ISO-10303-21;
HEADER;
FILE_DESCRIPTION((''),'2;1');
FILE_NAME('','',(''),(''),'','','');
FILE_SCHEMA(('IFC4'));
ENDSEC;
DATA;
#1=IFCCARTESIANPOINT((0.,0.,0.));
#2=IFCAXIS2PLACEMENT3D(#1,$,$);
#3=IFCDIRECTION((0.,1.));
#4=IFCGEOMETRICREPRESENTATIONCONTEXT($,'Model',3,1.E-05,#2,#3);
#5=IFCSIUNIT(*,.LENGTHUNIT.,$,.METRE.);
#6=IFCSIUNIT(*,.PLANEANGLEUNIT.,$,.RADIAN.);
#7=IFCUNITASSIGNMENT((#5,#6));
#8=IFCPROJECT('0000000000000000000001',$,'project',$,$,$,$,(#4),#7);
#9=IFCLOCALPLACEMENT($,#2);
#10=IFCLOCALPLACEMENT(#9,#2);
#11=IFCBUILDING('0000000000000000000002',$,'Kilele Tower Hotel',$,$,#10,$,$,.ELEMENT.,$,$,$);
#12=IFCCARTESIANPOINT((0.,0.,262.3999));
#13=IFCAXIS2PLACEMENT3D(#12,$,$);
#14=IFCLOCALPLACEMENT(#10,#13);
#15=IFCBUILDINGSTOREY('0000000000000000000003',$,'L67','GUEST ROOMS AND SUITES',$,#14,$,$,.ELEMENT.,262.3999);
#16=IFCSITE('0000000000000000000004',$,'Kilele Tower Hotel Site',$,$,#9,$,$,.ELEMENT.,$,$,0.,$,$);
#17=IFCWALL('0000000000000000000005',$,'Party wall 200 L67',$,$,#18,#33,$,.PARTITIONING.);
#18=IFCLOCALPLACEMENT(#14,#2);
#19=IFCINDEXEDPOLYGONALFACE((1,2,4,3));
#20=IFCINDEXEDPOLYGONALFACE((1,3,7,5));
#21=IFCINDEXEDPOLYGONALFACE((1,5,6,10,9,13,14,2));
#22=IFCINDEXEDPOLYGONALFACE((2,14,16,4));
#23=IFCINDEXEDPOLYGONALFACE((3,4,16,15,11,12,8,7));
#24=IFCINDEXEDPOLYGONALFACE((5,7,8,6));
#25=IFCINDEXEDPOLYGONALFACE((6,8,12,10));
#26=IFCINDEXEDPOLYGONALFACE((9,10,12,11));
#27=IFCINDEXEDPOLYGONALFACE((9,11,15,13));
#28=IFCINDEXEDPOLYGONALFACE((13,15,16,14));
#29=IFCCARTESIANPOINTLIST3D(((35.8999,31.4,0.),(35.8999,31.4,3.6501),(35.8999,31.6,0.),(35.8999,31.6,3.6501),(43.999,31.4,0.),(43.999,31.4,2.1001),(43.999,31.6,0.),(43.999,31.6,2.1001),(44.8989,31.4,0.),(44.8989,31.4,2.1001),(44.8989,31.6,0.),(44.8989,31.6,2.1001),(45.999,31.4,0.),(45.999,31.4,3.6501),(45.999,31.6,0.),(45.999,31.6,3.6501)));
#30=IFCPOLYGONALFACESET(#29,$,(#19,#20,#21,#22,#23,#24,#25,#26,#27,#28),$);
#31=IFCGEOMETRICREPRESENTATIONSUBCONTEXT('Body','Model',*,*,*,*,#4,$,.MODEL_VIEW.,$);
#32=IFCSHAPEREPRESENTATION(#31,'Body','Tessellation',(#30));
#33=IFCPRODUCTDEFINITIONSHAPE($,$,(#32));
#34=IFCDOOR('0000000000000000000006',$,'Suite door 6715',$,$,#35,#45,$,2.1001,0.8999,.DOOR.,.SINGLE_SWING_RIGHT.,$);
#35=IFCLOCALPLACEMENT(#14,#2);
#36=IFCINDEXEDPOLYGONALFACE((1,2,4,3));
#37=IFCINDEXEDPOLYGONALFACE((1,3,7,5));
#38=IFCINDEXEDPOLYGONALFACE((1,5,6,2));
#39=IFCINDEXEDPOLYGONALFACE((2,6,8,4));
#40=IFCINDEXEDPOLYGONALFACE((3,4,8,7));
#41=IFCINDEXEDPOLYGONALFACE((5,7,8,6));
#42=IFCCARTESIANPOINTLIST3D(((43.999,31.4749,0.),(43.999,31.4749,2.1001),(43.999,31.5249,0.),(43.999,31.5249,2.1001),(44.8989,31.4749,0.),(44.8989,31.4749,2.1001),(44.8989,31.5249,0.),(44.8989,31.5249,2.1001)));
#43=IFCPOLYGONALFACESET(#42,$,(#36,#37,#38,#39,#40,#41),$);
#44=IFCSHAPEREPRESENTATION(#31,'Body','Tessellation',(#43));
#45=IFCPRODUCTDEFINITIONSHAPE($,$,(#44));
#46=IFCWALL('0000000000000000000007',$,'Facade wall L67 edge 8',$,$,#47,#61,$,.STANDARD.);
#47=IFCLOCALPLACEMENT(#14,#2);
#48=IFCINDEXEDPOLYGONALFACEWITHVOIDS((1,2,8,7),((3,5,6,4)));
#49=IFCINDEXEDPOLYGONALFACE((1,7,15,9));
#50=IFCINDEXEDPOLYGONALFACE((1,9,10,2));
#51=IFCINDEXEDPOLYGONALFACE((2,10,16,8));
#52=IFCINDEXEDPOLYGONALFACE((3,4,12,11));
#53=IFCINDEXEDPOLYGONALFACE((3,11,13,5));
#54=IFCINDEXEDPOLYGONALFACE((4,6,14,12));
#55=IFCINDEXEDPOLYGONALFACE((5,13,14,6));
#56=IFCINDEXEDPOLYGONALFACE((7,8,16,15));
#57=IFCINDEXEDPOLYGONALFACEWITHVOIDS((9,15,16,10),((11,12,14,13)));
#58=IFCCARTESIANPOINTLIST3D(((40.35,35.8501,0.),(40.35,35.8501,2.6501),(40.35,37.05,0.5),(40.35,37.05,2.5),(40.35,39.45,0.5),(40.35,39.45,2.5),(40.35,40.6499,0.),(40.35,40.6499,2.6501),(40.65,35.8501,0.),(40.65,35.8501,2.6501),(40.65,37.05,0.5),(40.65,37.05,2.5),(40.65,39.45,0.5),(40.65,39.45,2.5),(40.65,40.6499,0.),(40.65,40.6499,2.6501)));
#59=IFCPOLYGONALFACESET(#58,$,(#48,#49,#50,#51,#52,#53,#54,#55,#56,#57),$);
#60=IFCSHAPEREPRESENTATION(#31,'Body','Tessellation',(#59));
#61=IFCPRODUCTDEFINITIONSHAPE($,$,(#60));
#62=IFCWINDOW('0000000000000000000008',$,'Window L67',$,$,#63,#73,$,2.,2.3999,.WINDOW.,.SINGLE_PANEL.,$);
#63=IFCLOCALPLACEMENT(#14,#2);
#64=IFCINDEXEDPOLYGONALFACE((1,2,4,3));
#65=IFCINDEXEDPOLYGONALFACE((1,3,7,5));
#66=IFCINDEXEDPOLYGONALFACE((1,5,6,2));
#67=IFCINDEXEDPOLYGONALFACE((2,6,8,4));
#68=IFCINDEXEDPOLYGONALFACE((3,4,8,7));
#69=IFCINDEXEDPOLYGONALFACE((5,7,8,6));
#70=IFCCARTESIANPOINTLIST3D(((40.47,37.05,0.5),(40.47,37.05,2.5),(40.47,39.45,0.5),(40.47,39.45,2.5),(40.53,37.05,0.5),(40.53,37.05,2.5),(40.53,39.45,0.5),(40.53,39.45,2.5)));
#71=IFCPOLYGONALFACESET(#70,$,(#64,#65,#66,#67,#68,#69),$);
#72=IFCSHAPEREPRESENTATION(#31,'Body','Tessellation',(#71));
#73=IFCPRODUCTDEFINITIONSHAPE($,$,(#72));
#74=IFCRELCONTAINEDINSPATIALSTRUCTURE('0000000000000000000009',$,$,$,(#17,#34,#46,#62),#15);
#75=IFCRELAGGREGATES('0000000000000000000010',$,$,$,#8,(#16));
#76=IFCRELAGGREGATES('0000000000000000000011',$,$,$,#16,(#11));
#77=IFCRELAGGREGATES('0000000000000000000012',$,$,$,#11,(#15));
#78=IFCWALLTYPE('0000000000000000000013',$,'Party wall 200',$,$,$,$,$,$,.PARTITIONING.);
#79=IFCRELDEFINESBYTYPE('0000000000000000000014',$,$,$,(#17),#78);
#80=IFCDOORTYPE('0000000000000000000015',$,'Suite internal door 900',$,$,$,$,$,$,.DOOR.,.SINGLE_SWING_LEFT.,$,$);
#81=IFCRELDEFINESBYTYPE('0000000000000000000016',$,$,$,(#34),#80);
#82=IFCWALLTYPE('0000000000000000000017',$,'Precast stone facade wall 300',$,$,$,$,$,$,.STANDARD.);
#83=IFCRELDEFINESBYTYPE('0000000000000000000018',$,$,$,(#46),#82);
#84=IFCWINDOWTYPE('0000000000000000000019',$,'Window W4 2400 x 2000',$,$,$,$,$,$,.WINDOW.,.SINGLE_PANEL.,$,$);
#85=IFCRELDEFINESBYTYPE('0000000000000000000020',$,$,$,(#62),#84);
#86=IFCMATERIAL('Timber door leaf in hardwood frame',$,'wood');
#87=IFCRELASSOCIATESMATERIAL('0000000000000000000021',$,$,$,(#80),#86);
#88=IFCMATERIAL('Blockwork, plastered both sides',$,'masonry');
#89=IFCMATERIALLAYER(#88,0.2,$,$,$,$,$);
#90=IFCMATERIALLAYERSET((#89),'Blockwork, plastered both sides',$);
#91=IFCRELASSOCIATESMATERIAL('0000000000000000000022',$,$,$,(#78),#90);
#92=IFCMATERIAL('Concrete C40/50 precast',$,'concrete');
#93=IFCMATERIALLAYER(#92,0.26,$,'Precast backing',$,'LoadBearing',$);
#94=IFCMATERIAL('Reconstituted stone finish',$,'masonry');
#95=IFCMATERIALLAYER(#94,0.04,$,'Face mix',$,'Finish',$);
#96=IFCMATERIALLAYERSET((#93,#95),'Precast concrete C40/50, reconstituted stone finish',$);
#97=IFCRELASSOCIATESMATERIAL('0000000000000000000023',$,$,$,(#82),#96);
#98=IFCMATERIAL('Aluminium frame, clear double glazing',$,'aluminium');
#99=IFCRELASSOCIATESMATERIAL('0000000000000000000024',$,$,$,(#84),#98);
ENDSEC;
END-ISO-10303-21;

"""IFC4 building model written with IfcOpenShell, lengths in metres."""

from ifc_helpers import new_model, si_unit, direction, frame, frame_2d, origin, place, context, subcontext, project, spatial, rectangle, extrude, material, layer, layer_set, type_object, element, fill, save


model = new_model("IFC4")

# Units and contexts
model_context = context("Model", 3, precision=1e-05, world=origin(), true_north=direction((0.0, 1.0)))
body_context = subcontext(model_context, "Body", "Model", "MODEL_VIEW")
ifc_project = project(units=[si_unit("LENGTHUNIT", "METRE"), si_unit("PLANEANGLEUNIT", "RADIAN")], contexts=[model_context])

# Site, building, storey
site_placement = place(None, origin())
site = spatial("IfcSite", under=ifc_project, at=site_placement, Name="Kilele Tower Hotel Site", CompositionType="ELEMENT", RefElevation=0.0)
building_placement = place(site_placement, origin())
building = spatial("IfcBuilding", under=site, at=building_placement, Name="Kilele Tower Hotel", CompositionType="ELEMENT")
storey_placement = place(building_placement, frame((0.0, 0.0, 262.3999)))
storey = spatial("IfcBuildingStorey", under=building, at=storey_placement, Name="L67", Description="GUEST ROOMS AND SUITES", CompositionType="ELEMENT", Elevation=262.3999)

# Shared definitions
ifc_material_1 = material(Name="Timber door leaf in hardwood frame", Category="wood")
door_type_1 = type_object("IfcDoorType", Name="Suite internal door 900", OperationType="SINGLE_SWING_LEFT", PredefinedType="DOOR", material=ifc_material_1)

# Shared definitions
ifc_material_2 = material(Name="Blockwork, plastered both sides", Category="masonry")
ifc_layer_1 = layer(ifc_material_2, 0.2)
ifc_layer_set_1 = layer_set([ifc_layer_1], Name="Blockwork, plastered both sides")
wall_type_1 = type_object("IfcWallType", Name="Party wall 200", PredefinedType="PARTITIONING", material=ifc_layer_set_1)

# Wall, opening, door
wall_1_placement = place(storey_placement, frame((35.8999, 31.5, 0.0), z_axis=(0.0, 0.0, 1.0), x_axis=(1.0, 0.0, 0.0)))
wall_1 = element("IfcWall", 1, at=wall_1_placement, inside=storey, type_object=wall_type_1, Name="Party wall 200 L67", PredefinedType="PARTITIONING", context=body_context, shape_type="SweptSolid", body=[
    extrude(rectangle(XDim=10.0991, YDim=0.2, at=frame_2d((5.0496, 0.0))), origin(), (0.0, 0.0, 1.0), 3.6501),
])
opening_1_placement = place(wall_1_placement, frame((8.0991, 0.0, 0.0)))
opening_1 = element("IfcOpeningElement", 2, at=opening_1_placement, cuts=wall_1, PredefinedType="OPENING", context=body_context, shape_type="SweptSolid", body=[
    extrude(rectangle(XDim=0.8999, YDim=2.1001, at=frame_2d((0.45, 1.05))), frame((0.0, 0.1099, 0.0), z_axis=(0.0, -1.0, 0.0), x_axis=(1.0, 0.0, 0.0)), (0.0, 0.0, 1.0), 0.22),
])
door_1_placement = place(opening_1_placement, origin())
door_1 = element("IfcDoor", 3, at=door_1_placement, inside=storey, type_object=door_type_1, Name="Suite door 6715", OperationType="SINGLE_SWING_RIGHT", OverallHeight=2.1001, OverallWidth=0.8999, PredefinedType="DOOR", context=body_context, shape_type="SweptSolid", body=[
    extrude(rectangle(XDim=0.8999, YDim=2.1001, at=frame_2d((0.45, 1.05))), frame((0.0, 0.0249, 0.0), z_axis=(0.0, -1.0, 0.0), x_axis=(1.0, 0.0, 0.0)), (0.0, 0.0, 1.0), 0.05),
])
fill(opening_1, door_1)

# Wall, opening, window
ifc_material_3 = material(Name="Concrete C40/50 precast", Category="concrete")
ifc_layer_2 = layer(ifc_material_3, 0.26, Name="Precast backing", Category="LoadBearing")
ifc_material_4 = material(Name="Reconstituted stone finish", Category="masonry")
ifc_layer_3 = layer(ifc_material_4, 0.04, Name="Face mix", Category="Finish")
ifc_layer_set_2 = layer_set([ifc_layer_2, ifc_layer_3], Name="Precast concrete C40/50, reconstituted stone finish")
wall_type_2 = type_object("IfcWallType", Name="Precast stone facade wall 300", PredefinedType="STANDARD", material=ifc_layer_set_2)
wall_2_placement = place(storey_placement, frame((40.5, 35.8501, 0.0), z_axis=(0.0, 0.0, 1.0), x_axis=(0.0, 1.0, 0.0)))
wall_2 = element("IfcWall", 4, at=wall_2_placement, inside=storey, type_object=wall_type_2, Name="Facade wall L67 edge 8", PredefinedType="STANDARD", context=body_context, shape_type="SweptSolid", body=[
    extrude(rectangle(XDim=4.7998, YDim=0.3, at=frame_2d((2.3999, 0.0))), origin(), (0.0, 0.0, 1.0), 2.6501),
])
opening_2_placement = place(wall_2_placement, frame((1.2, 0.0, 0.5)))
opening_2 = element("IfcOpeningElement", 5, at=opening_2_placement, cuts=wall_2, PredefinedType="OPENING", context=body_context, shape_type="SweptSolid", body=[
    extrude(rectangle(XDim=2.3999, YDim=2.0, at=frame_2d((1.2, 1.0))), frame((0.0, 0.1599, 0.0), z_axis=(0.0, -1.0, 0.0), x_axis=(1.0, 0.0, 0.0)), (0.0, 0.0, 1.0), 0.3201),
])
ifc_material_5 = material(Name="Aluminium frame, clear double glazing", Category="aluminium")
window_type = type_object("IfcWindowType", Name="Window W4 2400 x 2000", PartitioningType="SINGLE_PANEL", PredefinedType="WINDOW", material=ifc_material_5)
window_placement = place(opening_2_placement, origin())
window = element("IfcWindow", 6, at=window_placement, inside=storey, type_object=window_type, Name="Window L67", OverallHeight=2.0, OverallWidth=2.3999, PartitioningType="SINGLE_PANEL", PredefinedType="WINDOW", context=body_context, shape_type="SweptSolid", body=[
    extrude(rectangle(XDim=2.3999, YDim=2.0, at=frame_2d((1.2, 1.0))), frame((0.0, 0.03, 0.0), z_axis=(0.0, -1.0, 0.0), x_axis=(1.0, 0.0, 0.0)), (0.0, 0.0, 1.0), 0.0601),
])
fill(opening_2, window)

save(model, "model.ifc")
